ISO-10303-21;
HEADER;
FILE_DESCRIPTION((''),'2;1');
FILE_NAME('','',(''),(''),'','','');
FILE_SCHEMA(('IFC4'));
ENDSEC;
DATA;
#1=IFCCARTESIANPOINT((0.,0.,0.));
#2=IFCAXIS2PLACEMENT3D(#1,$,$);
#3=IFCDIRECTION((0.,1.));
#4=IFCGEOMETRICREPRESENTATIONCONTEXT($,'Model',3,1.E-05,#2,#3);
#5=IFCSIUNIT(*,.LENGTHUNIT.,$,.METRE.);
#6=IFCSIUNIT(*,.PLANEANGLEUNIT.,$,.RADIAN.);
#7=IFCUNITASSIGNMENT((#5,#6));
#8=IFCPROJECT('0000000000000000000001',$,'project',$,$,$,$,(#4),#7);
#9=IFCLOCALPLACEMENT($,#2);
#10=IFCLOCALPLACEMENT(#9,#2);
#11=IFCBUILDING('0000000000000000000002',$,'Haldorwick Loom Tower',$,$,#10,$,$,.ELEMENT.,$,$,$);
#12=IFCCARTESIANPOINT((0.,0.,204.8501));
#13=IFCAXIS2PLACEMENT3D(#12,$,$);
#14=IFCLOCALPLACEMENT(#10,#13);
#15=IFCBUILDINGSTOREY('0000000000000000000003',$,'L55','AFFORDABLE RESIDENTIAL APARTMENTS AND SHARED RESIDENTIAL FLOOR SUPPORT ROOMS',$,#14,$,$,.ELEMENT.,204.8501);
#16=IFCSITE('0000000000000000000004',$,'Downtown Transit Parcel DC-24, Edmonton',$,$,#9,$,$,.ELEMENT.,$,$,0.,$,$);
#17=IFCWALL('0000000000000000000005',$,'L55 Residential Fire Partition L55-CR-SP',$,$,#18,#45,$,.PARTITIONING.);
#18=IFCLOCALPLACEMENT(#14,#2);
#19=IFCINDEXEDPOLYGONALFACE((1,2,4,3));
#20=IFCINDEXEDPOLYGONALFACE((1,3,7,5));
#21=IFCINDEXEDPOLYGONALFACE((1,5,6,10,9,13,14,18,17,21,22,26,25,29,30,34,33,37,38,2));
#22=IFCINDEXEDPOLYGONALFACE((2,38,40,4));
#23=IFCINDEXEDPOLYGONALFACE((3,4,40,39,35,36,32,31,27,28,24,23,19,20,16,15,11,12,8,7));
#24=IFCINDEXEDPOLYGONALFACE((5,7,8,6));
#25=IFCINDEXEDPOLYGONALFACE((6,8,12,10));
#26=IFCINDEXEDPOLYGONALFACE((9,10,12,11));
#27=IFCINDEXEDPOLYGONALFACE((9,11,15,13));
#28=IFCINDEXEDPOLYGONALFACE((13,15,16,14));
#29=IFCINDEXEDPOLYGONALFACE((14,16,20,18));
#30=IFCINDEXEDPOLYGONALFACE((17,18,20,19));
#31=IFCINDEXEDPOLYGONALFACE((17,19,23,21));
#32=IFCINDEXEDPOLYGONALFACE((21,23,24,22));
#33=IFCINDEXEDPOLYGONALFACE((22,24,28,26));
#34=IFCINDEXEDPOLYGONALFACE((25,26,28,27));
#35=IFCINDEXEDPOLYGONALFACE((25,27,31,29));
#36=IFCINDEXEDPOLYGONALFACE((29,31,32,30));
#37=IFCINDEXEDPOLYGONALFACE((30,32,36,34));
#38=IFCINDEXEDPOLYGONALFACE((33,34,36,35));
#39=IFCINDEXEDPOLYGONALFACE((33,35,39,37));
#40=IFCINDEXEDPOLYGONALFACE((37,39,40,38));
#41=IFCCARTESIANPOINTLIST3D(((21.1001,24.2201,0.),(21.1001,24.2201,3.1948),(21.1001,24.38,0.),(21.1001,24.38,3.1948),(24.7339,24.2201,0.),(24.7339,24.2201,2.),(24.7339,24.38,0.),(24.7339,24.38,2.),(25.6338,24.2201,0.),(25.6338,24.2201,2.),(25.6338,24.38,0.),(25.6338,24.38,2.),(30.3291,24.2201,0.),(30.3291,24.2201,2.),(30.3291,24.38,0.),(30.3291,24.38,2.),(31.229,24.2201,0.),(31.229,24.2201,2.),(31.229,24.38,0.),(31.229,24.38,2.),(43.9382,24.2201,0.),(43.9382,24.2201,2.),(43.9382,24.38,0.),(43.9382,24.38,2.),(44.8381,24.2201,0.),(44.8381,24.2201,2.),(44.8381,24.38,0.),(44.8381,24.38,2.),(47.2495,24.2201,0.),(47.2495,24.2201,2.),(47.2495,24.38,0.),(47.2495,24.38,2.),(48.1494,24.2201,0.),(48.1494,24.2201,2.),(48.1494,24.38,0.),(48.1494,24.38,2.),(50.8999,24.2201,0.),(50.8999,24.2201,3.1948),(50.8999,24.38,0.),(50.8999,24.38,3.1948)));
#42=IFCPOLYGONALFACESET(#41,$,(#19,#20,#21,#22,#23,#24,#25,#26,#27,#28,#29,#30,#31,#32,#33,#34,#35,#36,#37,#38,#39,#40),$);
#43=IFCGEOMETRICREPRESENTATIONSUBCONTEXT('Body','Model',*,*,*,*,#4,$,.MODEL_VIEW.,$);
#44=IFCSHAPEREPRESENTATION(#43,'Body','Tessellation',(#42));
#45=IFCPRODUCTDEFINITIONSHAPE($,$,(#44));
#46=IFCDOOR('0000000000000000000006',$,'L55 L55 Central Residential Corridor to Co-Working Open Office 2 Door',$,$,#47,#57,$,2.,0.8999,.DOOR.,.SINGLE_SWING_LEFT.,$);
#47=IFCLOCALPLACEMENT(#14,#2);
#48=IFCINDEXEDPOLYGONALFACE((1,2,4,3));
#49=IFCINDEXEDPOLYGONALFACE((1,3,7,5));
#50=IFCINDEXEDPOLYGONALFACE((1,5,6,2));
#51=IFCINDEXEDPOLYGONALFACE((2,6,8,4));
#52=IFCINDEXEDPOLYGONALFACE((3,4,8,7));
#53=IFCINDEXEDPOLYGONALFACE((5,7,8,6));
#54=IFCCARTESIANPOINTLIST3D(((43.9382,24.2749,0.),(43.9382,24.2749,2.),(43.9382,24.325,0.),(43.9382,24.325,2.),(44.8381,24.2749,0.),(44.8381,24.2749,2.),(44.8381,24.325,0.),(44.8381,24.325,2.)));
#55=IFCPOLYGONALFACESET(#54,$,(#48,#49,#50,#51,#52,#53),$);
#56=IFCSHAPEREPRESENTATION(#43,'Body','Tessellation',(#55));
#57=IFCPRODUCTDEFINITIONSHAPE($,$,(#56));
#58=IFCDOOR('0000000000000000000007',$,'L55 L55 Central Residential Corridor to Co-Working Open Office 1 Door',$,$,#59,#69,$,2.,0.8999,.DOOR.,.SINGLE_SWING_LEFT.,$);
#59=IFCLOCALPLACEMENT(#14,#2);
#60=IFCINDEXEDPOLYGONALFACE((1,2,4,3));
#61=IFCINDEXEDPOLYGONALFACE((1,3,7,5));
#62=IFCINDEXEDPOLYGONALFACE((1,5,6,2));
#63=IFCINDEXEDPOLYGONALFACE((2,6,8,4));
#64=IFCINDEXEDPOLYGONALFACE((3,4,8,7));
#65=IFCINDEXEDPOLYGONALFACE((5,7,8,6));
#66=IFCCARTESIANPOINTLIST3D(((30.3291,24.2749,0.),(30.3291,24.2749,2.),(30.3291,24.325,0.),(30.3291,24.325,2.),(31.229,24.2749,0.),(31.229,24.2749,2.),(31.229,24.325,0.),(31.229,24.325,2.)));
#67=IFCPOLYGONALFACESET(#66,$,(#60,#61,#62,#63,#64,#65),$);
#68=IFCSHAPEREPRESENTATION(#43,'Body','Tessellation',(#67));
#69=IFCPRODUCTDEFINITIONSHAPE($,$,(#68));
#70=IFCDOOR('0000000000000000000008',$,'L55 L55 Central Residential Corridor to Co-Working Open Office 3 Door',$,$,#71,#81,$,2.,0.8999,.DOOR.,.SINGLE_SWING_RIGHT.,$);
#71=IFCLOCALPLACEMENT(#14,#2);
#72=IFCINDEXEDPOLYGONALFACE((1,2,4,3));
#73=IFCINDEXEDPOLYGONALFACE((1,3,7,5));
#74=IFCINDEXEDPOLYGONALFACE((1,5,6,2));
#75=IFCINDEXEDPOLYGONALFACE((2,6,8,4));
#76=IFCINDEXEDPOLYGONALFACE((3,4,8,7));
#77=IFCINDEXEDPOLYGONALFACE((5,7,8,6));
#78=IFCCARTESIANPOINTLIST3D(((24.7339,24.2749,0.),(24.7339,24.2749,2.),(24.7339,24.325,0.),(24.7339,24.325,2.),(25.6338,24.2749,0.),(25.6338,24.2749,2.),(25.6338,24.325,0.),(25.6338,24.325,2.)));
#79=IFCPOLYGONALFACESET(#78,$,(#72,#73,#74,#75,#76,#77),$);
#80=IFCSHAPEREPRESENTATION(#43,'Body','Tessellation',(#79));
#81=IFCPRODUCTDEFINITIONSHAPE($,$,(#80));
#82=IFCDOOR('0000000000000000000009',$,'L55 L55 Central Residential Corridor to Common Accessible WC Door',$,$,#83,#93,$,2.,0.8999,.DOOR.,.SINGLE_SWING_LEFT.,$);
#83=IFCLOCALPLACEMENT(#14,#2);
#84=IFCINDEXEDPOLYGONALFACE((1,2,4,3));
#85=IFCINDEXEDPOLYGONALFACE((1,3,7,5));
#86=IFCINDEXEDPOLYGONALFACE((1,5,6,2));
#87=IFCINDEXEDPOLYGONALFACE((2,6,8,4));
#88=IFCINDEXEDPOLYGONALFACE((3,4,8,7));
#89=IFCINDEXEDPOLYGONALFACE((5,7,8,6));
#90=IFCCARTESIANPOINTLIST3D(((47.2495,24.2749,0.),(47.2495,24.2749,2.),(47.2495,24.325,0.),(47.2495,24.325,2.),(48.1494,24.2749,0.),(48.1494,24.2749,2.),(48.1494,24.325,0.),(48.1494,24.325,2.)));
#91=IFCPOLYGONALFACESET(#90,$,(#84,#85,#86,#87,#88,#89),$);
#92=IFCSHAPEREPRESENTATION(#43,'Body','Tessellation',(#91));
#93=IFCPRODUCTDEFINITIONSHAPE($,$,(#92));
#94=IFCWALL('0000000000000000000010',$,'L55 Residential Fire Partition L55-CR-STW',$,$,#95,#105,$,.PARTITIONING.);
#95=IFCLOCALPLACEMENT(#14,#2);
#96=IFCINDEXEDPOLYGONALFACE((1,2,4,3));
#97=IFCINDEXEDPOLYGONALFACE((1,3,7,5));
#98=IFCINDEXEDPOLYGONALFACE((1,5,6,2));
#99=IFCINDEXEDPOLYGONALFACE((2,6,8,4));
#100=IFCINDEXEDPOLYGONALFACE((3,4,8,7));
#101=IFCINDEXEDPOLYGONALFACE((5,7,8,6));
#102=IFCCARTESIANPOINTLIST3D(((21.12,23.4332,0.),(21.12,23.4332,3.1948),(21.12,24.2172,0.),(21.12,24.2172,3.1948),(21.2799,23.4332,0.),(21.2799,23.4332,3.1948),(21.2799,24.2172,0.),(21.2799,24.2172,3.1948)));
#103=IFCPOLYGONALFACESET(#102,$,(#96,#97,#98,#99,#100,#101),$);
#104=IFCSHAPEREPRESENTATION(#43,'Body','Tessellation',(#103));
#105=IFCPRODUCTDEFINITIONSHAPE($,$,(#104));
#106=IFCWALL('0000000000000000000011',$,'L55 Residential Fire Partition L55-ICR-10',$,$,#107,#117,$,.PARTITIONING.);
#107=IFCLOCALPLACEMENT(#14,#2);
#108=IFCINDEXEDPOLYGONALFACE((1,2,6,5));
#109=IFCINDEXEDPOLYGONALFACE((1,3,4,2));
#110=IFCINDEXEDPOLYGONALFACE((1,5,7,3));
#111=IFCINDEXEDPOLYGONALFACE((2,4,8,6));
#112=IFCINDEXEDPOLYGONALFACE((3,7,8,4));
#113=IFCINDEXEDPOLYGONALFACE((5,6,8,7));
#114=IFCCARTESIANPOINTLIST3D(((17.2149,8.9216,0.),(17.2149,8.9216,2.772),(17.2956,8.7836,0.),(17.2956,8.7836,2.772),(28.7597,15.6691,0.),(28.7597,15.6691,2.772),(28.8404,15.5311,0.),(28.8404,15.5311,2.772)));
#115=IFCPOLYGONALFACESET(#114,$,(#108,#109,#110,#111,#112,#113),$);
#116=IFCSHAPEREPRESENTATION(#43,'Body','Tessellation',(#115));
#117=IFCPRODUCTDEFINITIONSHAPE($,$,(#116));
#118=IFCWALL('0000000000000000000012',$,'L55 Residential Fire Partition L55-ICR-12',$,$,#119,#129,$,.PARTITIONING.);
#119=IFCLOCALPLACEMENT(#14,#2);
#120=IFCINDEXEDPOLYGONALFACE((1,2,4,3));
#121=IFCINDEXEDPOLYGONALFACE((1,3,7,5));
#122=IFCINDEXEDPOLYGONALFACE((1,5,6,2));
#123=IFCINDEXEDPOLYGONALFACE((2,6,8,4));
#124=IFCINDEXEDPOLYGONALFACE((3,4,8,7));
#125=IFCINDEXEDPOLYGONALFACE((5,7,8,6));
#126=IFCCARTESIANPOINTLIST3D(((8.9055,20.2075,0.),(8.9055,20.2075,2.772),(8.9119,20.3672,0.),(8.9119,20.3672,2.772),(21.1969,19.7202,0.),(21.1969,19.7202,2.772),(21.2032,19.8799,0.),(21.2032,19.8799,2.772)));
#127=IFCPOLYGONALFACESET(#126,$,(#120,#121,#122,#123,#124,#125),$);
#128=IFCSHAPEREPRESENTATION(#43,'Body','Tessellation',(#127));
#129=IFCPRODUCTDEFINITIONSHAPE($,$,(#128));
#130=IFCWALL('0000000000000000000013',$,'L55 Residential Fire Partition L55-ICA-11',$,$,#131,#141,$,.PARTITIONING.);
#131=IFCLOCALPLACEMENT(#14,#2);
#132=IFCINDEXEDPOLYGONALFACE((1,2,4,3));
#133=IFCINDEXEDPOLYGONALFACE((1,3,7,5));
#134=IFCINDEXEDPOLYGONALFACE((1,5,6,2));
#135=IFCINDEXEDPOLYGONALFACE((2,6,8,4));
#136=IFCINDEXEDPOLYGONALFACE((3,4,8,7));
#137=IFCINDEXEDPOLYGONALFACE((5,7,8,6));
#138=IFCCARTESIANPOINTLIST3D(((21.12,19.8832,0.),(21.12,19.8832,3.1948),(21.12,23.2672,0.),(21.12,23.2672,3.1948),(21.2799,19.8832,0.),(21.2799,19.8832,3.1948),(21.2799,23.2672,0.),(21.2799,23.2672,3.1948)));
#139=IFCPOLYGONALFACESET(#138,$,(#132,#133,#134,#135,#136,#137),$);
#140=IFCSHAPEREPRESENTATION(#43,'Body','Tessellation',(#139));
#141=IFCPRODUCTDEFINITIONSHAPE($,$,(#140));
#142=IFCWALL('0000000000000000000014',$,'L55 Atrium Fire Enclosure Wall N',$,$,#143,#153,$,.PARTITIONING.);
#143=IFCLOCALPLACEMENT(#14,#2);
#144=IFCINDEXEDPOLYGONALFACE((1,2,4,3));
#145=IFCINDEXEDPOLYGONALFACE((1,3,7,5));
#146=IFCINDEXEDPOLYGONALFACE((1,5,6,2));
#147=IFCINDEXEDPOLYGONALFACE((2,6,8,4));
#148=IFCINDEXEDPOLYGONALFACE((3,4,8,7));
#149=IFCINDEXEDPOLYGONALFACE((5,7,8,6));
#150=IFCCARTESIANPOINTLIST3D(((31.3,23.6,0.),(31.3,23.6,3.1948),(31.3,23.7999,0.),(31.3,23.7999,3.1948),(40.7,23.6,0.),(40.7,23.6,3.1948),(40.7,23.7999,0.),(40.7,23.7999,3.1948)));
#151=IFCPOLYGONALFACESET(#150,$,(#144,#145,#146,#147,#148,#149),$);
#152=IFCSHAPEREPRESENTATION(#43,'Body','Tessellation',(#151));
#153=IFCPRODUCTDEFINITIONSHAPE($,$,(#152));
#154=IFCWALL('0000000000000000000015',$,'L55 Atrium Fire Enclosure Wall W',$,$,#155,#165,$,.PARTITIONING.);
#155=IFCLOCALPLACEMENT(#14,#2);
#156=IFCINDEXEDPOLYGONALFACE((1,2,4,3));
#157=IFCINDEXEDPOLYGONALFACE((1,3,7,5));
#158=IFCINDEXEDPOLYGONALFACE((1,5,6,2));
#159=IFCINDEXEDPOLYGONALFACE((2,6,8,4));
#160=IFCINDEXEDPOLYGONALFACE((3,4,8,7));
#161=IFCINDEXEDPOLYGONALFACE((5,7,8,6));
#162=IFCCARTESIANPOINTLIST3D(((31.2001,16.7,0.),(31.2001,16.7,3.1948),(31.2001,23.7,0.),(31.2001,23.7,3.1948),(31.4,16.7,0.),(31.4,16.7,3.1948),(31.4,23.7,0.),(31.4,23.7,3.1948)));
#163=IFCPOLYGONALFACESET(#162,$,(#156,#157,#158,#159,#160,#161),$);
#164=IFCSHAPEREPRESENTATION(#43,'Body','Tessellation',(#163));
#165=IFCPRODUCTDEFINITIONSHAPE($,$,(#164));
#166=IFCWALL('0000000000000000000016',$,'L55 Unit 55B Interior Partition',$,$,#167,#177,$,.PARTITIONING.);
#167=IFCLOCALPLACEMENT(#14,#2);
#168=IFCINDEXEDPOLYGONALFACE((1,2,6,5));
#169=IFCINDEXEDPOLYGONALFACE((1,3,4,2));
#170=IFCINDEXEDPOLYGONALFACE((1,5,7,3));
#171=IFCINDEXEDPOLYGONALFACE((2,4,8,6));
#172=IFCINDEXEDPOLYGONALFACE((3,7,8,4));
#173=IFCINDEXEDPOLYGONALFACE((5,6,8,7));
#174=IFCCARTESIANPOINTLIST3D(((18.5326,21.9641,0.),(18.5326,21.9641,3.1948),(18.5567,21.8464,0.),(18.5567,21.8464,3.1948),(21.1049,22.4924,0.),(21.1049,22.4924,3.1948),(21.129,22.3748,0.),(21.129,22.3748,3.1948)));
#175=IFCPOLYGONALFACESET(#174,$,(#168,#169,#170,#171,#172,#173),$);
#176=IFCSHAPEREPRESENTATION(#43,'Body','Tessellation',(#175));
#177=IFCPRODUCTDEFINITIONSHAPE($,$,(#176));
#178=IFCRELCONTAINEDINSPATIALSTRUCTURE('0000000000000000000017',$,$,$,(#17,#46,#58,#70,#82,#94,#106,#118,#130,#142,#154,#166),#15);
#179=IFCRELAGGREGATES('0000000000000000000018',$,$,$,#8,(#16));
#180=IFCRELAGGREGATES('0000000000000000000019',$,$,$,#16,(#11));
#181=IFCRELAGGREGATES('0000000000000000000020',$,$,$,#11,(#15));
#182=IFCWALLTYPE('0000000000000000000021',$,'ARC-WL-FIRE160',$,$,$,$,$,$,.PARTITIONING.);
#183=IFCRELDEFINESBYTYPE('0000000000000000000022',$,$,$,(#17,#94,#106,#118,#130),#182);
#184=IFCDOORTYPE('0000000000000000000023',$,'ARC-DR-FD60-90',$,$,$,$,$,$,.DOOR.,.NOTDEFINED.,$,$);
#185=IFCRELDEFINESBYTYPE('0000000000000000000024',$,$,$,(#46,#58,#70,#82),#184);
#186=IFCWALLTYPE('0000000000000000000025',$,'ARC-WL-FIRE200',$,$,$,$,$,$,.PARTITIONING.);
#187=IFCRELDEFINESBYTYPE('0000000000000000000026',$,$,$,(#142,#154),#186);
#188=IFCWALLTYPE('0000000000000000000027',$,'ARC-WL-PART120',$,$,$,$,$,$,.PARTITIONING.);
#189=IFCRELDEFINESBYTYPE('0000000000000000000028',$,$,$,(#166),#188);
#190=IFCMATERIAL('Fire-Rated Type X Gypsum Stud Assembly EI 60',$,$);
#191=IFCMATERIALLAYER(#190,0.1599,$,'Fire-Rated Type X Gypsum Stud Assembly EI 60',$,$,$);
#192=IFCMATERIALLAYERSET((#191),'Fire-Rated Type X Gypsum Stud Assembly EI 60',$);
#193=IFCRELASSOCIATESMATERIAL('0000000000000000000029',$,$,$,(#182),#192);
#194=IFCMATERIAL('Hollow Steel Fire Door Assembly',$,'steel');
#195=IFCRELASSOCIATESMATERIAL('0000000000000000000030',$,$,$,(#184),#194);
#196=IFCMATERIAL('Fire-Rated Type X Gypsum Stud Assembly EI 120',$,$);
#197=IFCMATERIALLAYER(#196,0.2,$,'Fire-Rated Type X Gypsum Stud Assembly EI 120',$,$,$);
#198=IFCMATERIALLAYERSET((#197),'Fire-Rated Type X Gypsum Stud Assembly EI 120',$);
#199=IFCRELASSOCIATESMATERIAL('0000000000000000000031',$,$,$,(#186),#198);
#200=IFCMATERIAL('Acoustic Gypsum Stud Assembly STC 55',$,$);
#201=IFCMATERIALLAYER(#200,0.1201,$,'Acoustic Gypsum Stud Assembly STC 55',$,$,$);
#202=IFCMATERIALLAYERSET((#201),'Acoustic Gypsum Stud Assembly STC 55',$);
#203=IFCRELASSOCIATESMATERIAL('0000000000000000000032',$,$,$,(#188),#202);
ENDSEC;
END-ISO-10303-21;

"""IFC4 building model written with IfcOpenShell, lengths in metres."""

from ifc_helpers import new_model, si_unit, direction, frame, frame_2d, origin, place, context, subcontext, project, spatial, rectangle, extrude, material, layer, layer_set, type_object, element, fill, save


model = new_model("IFC4")

# Units and contexts
model_context = context("Model", 3, precision=1e-05, world=origin(), true_north=direction((0.0, 1.0)))
body_context = subcontext(model_context, "Body", "Model", "MODEL_VIEW")
ifc_project = project(units=[si_unit("LENGTHUNIT", "METRE"), si_unit("PLANEANGLEUNIT", "RADIAN")], contexts=[model_context])

# Site, building, storey
site_placement = place(None, origin())
site = spatial("IfcSite", under=ifc_project, at=site_placement, Name="Downtown Transit Parcel DC-24, Edmonton", CompositionType="ELEMENT", RefElevation=0.0)
building_placement = place(site_placement, origin())
building = spatial("IfcBuilding", under=site, at=building_placement, Name="Haldorwick Loom Tower", CompositionType="ELEMENT")
storey_placement = place(building_placement, frame((0.0, 0.0, 204.8501)))
storey = spatial("IfcBuildingStorey", under=building, at=storey_placement, Name="L55", Description="AFFORDABLE RESIDENTIAL APARTMENTS AND SHARED RESIDENTIAL FLOOR SUPPORT ROOMS", CompositionType="ELEMENT", Elevation=204.8501)

# Wall, openings, doors
ifc_material_1 = material(Name="Fire-Rated Type X Gypsum Stud Assembly EI 60")
ifc_layer_1 = layer(ifc_material_1, 0.1599, Name="Fire-Rated Type X Gypsum Stud Assembly EI 60")
ifc_layer_set_1 = layer_set([ifc_layer_1], Name="Fire-Rated Type X Gypsum Stud Assembly EI 60")
wall_type_1 = type_object("IfcWallType", Name="ARC-WL-FIRE160", PredefinedType="PARTITIONING", material=ifc_layer_set_1)
wall_1_placement = place(storey_placement, frame((21.1001, 24.3, 0.0), z_axis=(0.0, 0.0, 1.0), x_axis=(1.0, 0.0, 0.0)))
wall_1 = element("IfcWall", 1, at=wall_1_placement, inside=storey, type_object=wall_type_1, Name="L55 Residential Fire Partition L55-CR-SP", PredefinedType="PARTITIONING", context=body_context, shape_type="SweptSolid", body=[
    extrude(rectangle(XDim=29.7998, YDim=0.1599, at=frame_2d((14.8999, 0.0))), origin(), (0.0, 0.0, 1.0), 3.1948),
])
opening_1_placement = place(wall_1_placement, frame((22.8381, 0.0, 0.0)))
opening_1 = element("IfcOpeningElement", 2, at=opening_1_placement, cuts=wall_1, PredefinedType="OPENING", context=body_context, shape_type="SweptSolid", body=[
    extrude(rectangle(XDim=0.8999, YDim=2.0, at=frame_2d((0.45, 1.0))), frame((0.0, 0.0898, 0.0), z_axis=(0.0, -1.0, 0.0), x_axis=(1.0, 0.0, 0.0)), (0.0, 0.0, 1.0), 0.1799),
])
opening_2_placement = place(wall_1_placement, frame((9.229, 0.0, 0.0)))
opening_2 = element("IfcOpeningElement", 3, at=opening_2_placement, cuts=wall_1, PredefinedType="OPENING", context=body_context, shape_type="SweptSolid", body=[
    extrude(rectangle(XDim=0.8999, YDim=2.0, at=frame_2d((0.45, 1.0))), frame((0.0, 0.0898, 0.0), z_axis=(0.0, -1.0, 0.0), x_axis=(1.0, 0.0, 0.0)), (0.0, 0.0, 1.0), 0.1799),
])
opening_3_placement = place(wall_1_placement, frame((3.6338, 0.0, 0.0)))
opening_3 = element("IfcOpeningElement", 4, at=opening_3_placement, cuts=wall_1, PredefinedType="OPENING", context=body_context, shape_type="SweptSolid", body=[
    extrude(rectangle(XDim=0.8999, YDim=2.0, at=frame_2d((0.45, 1.0))), frame((0.0, 0.0898, 0.0), z_axis=(0.0, -1.0, 0.0), x_axis=(1.0, 0.0, 0.0)), (0.0, 0.0, 1.0), 0.1799),
])
opening_4_placement = place(wall_1_placement, frame((26.1494, 0.0, 0.0)))
opening_4 = element("IfcOpeningElement", 5, at=opening_4_placement, cuts=wall_1, PredefinedType="OPENING", context=body_context, shape_type="SweptSolid", body=[
    extrude(rectangle(XDim=0.8999, YDim=2.0, at=frame_2d((0.45, 1.0))), frame((0.0, 0.0898, 0.0), z_axis=(0.0, -1.0, 0.0), x_axis=(1.0, 0.0, 0.0)), (0.0, 0.0, 1.0), 0.1799),
])
ifc_material_2 = material(Name="Hollow Steel Fire Door Assembly", Category="steel")
door_type_1 = type_object("IfcDoorType", Name="ARC-DR-FD60-90", OperationType="NOTDEFINED", PredefinedType="DOOR", material=ifc_material_2)
door_1_placement = place(opening_1_placement, origin())
door_1 = element("IfcDoor", 6, at=door_1_placement, inside=storey, type_object=door_type_1, Name="L55 L55 Central Residential Corridor to Co-Working Open Office 2 Door", OperationType="SINGLE_SWING_LEFT", OverallHeight=2.0, OverallWidth=0.8999, PredefinedType="DOOR", context=body_context, shape_type="SweptSolid", body=[
    extrude(rectangle(XDim=0.8999, YDim=2.0, at=frame_2d((0.45, 1.0))), frame((0.0, 0.0249, 0.0), z_axis=(0.0, -1.0, 0.0), x_axis=(1.0, 0.0, 0.0)), (0.0, 0.0, 1.0), 0.05),
])
fill(opening_1, door_1)
door_2_placement = place(opening_2_placement, origin())
door_2 = element("IfcDoor", 7, at=door_2_placement, inside=storey, type_object=door_type_1, Name="L55 L55 Central Residential Corridor to Co-Working Open Office 1 Door", OperationType="SINGLE_SWING_LEFT", OverallHeight=2.0, OverallWidth=0.8999, PredefinedType="DOOR", context=body_context, shape_type="SweptSolid", body=[
    extrude(rectangle(XDim=0.8999, YDim=2.0, at=frame_2d((0.45, 1.0))), frame((0.0, 0.0249, 0.0), z_axis=(0.0, -1.0, 0.0), x_axis=(1.0, 0.0, 0.0)), (0.0, 0.0, 1.0), 0.05),
])
fill(opening_2, door_2)
door_3_placement = place(opening_3_placement, origin())
door_3 = element("IfcDoor", 8, at=door_3_placement, inside=storey, type_object=door_type_1, Name="L55 L55 Central Residential Corridor to Co-Working Open Office 3 Door", OperationType="SINGLE_SWING_RIGHT", OverallHeight=2.0, OverallWidth=0.8999, PredefinedType="DOOR", context=body_context, shape_type="SweptSolid", body=[
    extrude(rectangle(XDim=0.8999, YDim=2.0, at=frame_2d((0.45, 1.0))), frame((0.0, 0.0249, 0.0), z_axis=(0.0, -1.0, 0.0), x_axis=(1.0, 0.0, 0.0)), (0.0, 0.0, 1.0), 0.05),
])
fill(opening_3, door_3)
door_4_placement = place(opening_4_placement, origin())
door_4 = element("IfcDoor", 9, at=door_4_placement, inside=storey, type_object=door_type_1, Name="L55 L55 Central Residential Corridor to Common Accessible WC Door", OperationType="SINGLE_SWING_LEFT", OverallHeight=2.0, OverallWidth=0.8999, PredefinedType="DOOR", context=body_context, shape_type="SweptSolid", body=[
    extrude(rectangle(XDim=0.8999, YDim=2.0, at=frame_2d((0.45, 1.0))), frame((0.0, 0.0249, 0.0), z_axis=(0.0, -1.0, 0.0), x_axis=(1.0, 0.0, 0.0)), (0.0, 0.0, 1.0), 0.05),
])
fill(opening_4, door_4)

# Walls
wall_2_placement = place(storey_placement, frame((21.2, 23.4331, 0.0), z_axis=(0.0, 0.0, 1.0), x_axis=(0.0, 1.0, 0.0)))
element("IfcWall", 10, at=wall_2_placement, inside=storey, type_object=wall_type_1, Name="L55 Residential Fire Partition L55-CR-STW", PredefinedType="PARTITIONING", context=body_context, shape_type="SweptSolid", body=[
    extrude(rectangle(XDim=0.7839, YDim=0.1599, at=frame_2d((0.3921, 0.0))), origin(), (0.0, 0.0, 1.0), 3.1948),
])
wall_3_placement = place(storey_placement, frame((28.8, 15.6001, 0.0), z_axis=(0.0, 0.0, 1.0), x_axis=(-0.863355, -0.504597, 0.0)))
element("IfcWall", 11, at=wall_3_placement, inside=storey, type_object=wall_type_1, Name="L55 Residential Fire Partition L55-ICR-10", PredefinedType="PARTITIONING", context=body_context, shape_type="SweptSolid", body=[
    extrude(rectangle(XDim=13.3721, YDim=0.1599, at=frame_2d((6.686, 0.0))), origin(), (0.0, 0.0, 1.0), 2.772),
])
wall_4_placement = place(storey_placement, frame((21.2, 19.8, 0.0), z_axis=(0.0, 0.0, 1.0), x_axis=(-0.999215, 0.039615, 0.0)))
element("IfcWall", 12, at=wall_4_placement, inside=storey, type_object=wall_type_1, Name="L55 Residential Fire Partition L55-ICR-12", PredefinedType="PARTITIONING", context=body_context, shape_type="SweptSolid", body=[
    extrude(rectangle(XDim=12.301, YDim=0.1599, at=frame_2d((6.1504, 0.0))), origin(), (0.0, 0.0, 1.0), 2.772),
])
wall_5_placement = place(storey_placement, frame((21.2, 23.2671, 0.0), z_axis=(0.0, 0.0, 1.0), x_axis=(0.0, -1.0, 0.0)))
element("IfcWall", 13, at=wall_5_placement, inside=storey, type_object=wall_type_1, Name="L55 Residential Fire Partition L55-ICA-11", PredefinedType="PARTITIONING", context=body_context, shape_type="SweptSolid", body=[
    extrude(rectangle(XDim=3.384, YDim=0.1599, at=frame_2d((1.6919, 0.0))), origin(), (0.0, 0.0, 1.0), 3.1948),
])
ifc_material_3 = material(Name="Fire-Rated Type X Gypsum Stud Assembly EI 120")
ifc_layer_2 = layer(ifc_material_3, 0.2, Name="Fire-Rated Type X Gypsum Stud Assembly EI 120")
ifc_layer_set_2 = layer_set([ifc_layer_2], Name="Fire-Rated Type X Gypsum Stud Assembly EI 120")
wall_type_2 = type_object("IfcWallType", Name="ARC-WL-FIRE200", PredefinedType="PARTITIONING", material=ifc_layer_set_2)
wall_6_placement = place(storey_placement, frame((31.3, 23.7, 0.0), z_axis=(0.0, 0.0, 1.0), x_axis=(1.0, 0.0, 0.0)))
element("IfcWall", 14, at=wall_6_placement, inside=storey, type_object=wall_type_2, Name="L55 Atrium Fire Enclosure Wall N", PredefinedType="PARTITIONING", context=body_context, shape_type="SweptSolid", body=[
    extrude(rectangle(XDim=9.3999, YDim=0.2, at=frame_2d((4.7, 0.0))), origin(), (0.0, 0.0, 1.0), 3.1948),
])
wall_7_placement = place(storey_placement, frame((31.3, 16.7, 0.0), z_axis=(0.0, 0.0, 1.0), x_axis=(0.0, 1.0, 0.0)))
element("IfcWall", 15, at=wall_7_placement, inside=storey, type_object=wall_type_2, Name="L55 Atrium Fire Enclosure Wall W", PredefinedType="PARTITIONING", context=body_context, shape_type="SweptSolid", body=[
    extrude(rectangle(XDim=7.0, YDim=0.2, at=frame_2d((3.5, 0.0))), origin(), (0.0, 0.0, 1.0), 3.1948),
])
ifc_material_4 = material(Name="Acoustic Gypsum Stud Assembly STC 55")
ifc_layer_3 = layer(ifc_material_4, 0.1201, Name="Acoustic Gypsum Stud Assembly STC 55")
ifc_layer_set_3 = layer_set([ifc_layer_3], Name="Acoustic Gypsum Stud Assembly STC 55")
wall_type_3 = type_object("IfcWallType", Name="ARC-WL-PART120", PredefinedType="PARTITIONING", material=ifc_layer_set_3)
wall_8_placement = place(storey_placement, frame((21.1169, 22.4336, 0.0), z_axis=(0.0, 0.0, 1.0), x_axis=(-0.979552, -0.201191, 0.0)))
element("IfcWall", 16, at=wall_8_placement, inside=storey, type_object=wall_type_3, Name="L55 Unit 55B Interior Partition", PredefinedType="PARTITIONING", context=body_context, shape_type="SweptSolid", body=[
    extrude(rectangle(XDim=2.626, YDim=0.1201, at=frame_2d((1.313, 0.0))), origin(), (0.0, 0.0, 1.0), 3.1948),
])

save(model, "model.ifc")
